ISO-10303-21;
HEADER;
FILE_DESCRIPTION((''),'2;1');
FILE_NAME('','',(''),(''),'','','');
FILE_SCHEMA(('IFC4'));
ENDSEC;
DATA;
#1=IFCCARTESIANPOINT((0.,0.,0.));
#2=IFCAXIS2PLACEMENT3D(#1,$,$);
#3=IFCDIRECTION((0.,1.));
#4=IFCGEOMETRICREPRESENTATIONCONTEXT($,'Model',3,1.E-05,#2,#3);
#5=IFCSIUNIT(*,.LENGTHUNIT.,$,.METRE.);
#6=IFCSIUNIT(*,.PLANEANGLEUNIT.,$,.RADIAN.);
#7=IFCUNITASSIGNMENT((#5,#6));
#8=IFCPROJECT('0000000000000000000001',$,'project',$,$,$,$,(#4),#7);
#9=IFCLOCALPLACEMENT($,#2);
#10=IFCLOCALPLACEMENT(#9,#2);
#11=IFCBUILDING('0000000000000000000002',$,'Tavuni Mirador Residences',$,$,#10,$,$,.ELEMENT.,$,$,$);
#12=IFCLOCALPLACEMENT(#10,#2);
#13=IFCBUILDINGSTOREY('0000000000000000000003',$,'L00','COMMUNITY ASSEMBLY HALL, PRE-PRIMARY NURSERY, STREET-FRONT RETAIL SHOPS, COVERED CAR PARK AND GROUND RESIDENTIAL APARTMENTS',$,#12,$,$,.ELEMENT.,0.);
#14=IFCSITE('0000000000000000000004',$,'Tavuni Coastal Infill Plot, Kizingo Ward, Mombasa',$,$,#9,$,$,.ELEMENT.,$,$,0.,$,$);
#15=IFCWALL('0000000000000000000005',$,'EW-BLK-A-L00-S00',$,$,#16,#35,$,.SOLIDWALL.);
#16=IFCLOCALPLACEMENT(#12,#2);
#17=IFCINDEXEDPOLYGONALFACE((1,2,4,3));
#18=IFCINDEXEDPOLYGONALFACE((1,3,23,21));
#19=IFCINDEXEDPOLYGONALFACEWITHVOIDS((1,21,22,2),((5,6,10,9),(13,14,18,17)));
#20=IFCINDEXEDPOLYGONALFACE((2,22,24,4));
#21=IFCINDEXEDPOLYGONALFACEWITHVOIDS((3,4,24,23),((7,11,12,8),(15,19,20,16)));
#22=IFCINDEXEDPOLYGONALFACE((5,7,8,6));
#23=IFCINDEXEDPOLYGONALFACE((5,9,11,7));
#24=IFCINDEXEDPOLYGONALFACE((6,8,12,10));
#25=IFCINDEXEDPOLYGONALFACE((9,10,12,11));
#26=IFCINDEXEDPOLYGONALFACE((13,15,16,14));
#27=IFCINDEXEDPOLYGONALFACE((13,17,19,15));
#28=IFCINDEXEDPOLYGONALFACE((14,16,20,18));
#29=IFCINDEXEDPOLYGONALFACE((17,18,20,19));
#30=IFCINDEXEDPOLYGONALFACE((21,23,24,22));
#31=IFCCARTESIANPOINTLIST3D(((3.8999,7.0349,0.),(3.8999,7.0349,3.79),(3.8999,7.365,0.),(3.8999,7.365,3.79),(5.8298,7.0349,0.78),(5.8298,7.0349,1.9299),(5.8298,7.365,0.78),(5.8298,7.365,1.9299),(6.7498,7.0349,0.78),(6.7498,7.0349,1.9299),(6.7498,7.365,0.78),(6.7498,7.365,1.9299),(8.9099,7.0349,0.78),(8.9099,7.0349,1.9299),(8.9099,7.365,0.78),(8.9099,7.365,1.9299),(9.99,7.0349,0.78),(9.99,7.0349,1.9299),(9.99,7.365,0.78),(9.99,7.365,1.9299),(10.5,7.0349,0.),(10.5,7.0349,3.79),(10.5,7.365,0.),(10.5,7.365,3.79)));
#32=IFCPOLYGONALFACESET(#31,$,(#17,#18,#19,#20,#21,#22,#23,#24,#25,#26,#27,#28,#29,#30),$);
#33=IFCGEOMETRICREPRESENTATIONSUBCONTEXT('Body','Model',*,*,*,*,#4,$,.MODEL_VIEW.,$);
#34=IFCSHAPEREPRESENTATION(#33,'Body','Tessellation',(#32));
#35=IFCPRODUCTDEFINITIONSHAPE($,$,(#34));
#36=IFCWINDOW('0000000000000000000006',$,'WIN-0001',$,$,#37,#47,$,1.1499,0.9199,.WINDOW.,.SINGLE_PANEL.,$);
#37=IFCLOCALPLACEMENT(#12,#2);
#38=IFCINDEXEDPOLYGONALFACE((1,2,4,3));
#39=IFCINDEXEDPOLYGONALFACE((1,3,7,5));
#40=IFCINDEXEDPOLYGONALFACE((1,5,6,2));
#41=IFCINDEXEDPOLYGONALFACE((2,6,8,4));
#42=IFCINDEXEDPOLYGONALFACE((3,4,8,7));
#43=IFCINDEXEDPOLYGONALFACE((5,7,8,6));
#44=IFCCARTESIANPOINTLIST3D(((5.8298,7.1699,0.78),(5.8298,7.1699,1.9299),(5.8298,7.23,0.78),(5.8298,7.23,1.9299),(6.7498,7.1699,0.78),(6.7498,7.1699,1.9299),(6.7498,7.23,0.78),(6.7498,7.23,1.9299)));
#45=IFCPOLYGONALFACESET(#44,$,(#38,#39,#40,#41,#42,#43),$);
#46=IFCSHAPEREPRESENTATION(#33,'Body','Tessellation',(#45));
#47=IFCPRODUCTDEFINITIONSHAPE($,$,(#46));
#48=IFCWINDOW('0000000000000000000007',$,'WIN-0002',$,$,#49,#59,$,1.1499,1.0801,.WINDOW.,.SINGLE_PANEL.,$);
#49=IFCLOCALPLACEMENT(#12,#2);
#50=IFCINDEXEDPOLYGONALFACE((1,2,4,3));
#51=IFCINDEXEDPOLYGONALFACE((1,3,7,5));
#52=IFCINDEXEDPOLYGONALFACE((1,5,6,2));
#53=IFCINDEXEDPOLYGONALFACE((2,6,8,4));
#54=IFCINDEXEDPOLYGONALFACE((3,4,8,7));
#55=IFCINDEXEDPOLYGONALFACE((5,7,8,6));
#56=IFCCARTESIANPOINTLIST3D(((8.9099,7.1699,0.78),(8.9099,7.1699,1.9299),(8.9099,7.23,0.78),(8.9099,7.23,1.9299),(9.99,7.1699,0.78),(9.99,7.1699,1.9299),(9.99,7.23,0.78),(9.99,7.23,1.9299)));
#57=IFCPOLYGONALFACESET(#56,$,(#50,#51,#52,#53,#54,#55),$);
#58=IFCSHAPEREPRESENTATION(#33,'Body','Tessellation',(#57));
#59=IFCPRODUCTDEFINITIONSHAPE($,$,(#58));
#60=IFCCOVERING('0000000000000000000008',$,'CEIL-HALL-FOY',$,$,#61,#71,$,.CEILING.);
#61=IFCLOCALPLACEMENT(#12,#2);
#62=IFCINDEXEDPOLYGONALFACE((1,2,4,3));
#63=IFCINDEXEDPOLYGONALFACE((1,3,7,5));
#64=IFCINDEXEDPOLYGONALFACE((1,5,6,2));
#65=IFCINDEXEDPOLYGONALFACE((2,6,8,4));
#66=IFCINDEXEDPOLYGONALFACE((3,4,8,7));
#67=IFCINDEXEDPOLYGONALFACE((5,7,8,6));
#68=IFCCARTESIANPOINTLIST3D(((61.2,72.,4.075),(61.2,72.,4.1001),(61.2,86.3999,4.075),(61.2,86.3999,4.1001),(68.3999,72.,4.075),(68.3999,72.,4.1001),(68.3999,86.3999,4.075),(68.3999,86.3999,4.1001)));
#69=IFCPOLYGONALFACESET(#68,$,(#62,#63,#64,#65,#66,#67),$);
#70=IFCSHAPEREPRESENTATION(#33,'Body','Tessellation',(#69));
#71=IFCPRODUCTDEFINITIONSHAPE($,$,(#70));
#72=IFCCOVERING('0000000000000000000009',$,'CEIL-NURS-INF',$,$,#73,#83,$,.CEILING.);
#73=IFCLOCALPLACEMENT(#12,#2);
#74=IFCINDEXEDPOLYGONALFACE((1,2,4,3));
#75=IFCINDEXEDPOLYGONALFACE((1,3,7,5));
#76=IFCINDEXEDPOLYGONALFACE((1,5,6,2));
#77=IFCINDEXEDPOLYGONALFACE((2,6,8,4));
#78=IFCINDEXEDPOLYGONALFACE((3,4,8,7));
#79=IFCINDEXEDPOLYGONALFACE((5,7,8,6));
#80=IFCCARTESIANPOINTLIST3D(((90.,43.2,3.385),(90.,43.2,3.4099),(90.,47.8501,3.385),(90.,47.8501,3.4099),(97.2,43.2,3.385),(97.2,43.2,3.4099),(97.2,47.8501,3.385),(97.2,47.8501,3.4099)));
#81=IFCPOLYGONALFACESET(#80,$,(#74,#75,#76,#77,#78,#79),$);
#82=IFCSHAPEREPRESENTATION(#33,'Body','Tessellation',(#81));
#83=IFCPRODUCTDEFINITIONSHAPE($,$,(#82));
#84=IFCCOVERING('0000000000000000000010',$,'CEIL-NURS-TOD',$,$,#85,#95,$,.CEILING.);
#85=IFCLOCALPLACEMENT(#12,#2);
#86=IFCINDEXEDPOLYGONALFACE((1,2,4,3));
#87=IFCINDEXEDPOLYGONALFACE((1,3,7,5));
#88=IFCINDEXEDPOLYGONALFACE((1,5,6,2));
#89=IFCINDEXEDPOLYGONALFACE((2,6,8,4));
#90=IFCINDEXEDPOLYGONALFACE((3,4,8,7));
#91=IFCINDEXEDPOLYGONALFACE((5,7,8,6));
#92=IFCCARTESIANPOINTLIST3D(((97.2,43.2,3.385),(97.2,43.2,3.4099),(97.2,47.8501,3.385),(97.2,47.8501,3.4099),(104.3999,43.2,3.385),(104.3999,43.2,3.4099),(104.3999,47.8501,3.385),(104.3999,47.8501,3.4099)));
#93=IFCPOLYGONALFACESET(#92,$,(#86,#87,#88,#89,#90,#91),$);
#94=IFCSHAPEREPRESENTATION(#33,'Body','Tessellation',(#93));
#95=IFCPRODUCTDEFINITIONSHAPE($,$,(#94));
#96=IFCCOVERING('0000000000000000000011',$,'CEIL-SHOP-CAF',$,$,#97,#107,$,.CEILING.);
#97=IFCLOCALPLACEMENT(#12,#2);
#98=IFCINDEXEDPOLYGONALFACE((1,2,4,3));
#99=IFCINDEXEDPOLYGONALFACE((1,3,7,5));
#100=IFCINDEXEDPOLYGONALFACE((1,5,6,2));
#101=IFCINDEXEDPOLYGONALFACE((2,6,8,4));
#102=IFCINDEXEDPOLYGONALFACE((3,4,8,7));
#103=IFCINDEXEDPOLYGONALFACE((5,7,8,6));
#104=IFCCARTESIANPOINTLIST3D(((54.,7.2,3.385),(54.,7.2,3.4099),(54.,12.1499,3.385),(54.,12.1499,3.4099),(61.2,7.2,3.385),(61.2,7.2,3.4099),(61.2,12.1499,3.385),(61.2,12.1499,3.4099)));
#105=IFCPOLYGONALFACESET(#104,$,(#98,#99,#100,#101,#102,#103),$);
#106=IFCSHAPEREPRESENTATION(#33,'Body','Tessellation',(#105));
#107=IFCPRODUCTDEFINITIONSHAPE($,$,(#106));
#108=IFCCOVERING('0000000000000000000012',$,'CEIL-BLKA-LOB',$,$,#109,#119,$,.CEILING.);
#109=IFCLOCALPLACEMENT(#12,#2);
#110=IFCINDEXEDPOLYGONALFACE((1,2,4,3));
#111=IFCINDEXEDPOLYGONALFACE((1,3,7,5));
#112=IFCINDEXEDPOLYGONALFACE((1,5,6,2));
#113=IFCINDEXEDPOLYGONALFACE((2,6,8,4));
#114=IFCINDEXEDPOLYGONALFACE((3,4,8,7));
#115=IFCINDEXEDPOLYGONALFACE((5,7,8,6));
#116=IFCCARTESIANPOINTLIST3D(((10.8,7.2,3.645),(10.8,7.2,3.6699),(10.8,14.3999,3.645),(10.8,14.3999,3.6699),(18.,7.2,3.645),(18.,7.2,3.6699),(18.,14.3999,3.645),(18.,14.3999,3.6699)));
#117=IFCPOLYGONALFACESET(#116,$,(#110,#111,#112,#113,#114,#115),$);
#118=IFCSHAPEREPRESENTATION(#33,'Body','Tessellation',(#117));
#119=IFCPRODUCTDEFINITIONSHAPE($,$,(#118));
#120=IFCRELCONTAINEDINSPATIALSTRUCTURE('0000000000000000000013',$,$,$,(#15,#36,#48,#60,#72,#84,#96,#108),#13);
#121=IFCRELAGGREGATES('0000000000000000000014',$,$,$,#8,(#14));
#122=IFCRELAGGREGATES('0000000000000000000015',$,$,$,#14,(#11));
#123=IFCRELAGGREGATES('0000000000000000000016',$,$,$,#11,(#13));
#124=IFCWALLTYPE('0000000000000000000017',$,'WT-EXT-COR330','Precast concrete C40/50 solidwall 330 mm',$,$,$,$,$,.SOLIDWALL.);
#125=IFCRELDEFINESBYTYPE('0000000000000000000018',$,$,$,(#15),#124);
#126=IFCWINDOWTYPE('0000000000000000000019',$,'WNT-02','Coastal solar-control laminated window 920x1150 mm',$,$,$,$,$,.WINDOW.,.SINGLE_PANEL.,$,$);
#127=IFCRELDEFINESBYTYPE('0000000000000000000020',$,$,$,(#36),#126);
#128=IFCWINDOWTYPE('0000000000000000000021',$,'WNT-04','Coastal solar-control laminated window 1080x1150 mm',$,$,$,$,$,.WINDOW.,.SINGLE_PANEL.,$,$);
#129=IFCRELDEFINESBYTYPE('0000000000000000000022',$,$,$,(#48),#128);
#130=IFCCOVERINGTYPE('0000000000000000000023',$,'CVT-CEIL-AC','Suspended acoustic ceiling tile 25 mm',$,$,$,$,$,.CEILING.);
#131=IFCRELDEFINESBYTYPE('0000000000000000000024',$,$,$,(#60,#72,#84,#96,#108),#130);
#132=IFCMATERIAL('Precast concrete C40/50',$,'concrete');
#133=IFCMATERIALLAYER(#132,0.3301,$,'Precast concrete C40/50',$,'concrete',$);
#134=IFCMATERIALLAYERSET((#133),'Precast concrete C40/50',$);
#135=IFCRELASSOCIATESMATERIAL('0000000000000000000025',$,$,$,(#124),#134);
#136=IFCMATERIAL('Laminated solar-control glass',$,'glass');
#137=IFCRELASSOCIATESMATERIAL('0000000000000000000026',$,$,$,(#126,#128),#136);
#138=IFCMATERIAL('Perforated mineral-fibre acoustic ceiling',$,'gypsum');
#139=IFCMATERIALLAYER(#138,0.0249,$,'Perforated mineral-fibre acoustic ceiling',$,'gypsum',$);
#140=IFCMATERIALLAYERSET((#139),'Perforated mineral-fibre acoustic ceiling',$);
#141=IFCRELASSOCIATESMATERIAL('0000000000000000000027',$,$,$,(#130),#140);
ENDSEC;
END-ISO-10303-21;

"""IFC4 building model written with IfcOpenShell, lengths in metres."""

from ifc_helpers import new_model, si_unit, direction, frame, frame_2d, origin, place, context, subcontext, project, spatial, polyline, rectangle, outline, extrude, material, layer, layer_set, type_object, element, fill, save


model = new_model("IFC4")

# Units and contexts
model_context = context("Model", 3, precision=1e-05, world=origin(), true_north=direction((0.0, 1.0)))
body_context = subcontext(model_context, "Body", "Model", "MODEL_VIEW")
ifc_project = project(units=[si_unit("LENGTHUNIT", "METRE"), si_unit("PLANEANGLEUNIT", "RADIAN")], contexts=[model_context])

# Site, building, storey
site_placement = place(None, origin())
site = spatial("IfcSite", under=ifc_project, at=site_placement, Name="Tavuni Coastal Infill Plot, Kizingo Ward, Mombasa", CompositionType="ELEMENT", RefElevation=0.0)
building_placement = place(site_placement, origin())
building = spatial("IfcBuilding", under=site, at=building_placement, Name="Tavuni Mirador Residences", CompositionType="ELEMENT")
storey_placement = place(building_placement, origin())
storey = spatial("IfcBuildingStorey", under=building, at=storey_placement, Name="L00", Description="COMMUNITY ASSEMBLY HALL, PRE-PRIMARY NURSERY, STREET-FRONT RETAIL SHOPS, COVERED CAR PARK AND GROUND RESIDENTIAL APARTMENTS", CompositionType="ELEMENT", Elevation=0.0)

# Shared definitions
ifc_material_1 = material(Name="Precast concrete C40/50", Category="concrete")

# Wall, openings, windows
ifc_layer_1 = layer(ifc_material_1, 0.3301, Name="Precast concrete C40/50", Category="concrete")
ifc_layer_set_1 = layer_set([ifc_layer_1], Name="Precast concrete C40/50")
wall_type = type_object("IfcWallType", Name="WT-EXT-COR330", Description="Precast concrete C40/50 solidwall 330 mm", PredefinedType="SOLIDWALL", material=ifc_layer_set_1)
wall_placement = place(storey_placement, frame((3.8999, 7.2, 0.0), z_axis=(0.0, 0.0, 1.0), x_axis=(1.0, 0.0, 0.0)))
wall = element("IfcWall", 1, at=wall_placement, inside=storey, type_object=wall_type, Name="EW-BLK-A-L00-S00", PredefinedType="SOLIDWALL", context=body_context, shape_type="SweptSolid", body=[
    extrude(rectangle(XDim=6.6001, YDim=0.3301, at=frame_2d((3.3, 0.0))), origin(), (0.0, 0.0, 1.0), 3.79),
])
opening_1_placement = place(wall_placement, frame((1.9299, 0.0, 0.78)))
opening_1 = element("IfcOpeningElement", 2, at=opening_1_placement, cuts=wall, PredefinedType="OPENING", context=body_context, shape_type="SweptSolid", body=[
    extrude(rectangle(XDim=0.9199, YDim=1.1499, at=frame_2d((0.46, 0.575))), frame((0.0, 0.175, 0.0), z_axis=(0.0, -1.0, 0.0), x_axis=(1.0, 0.0, 0.0)), (0.0, 0.0, 1.0), 0.3501),
])
opening_2_placement = place(wall_placement, frame((5.01, 0.0, 0.78)))
opening_2 = element("IfcOpeningElement", 3, at=opening_2_placement, cuts=wall, PredefinedType="OPENING", context=body_context, shape_type="SweptSolid", body=[
    extrude(rectangle(XDim=1.0801, YDim=1.1499, at=frame_2d((0.54, 0.575))), frame((0.0, 0.175, 0.0), z_axis=(0.0, -1.0, 0.0), x_axis=(1.0, 0.0, 0.0)), (0.0, 0.0, 1.0), 0.3501),
])
ifc_material_2 = material(Name="Laminated solar-control glass", Category="glass")
window_type_1 = type_object("IfcWindowType", Name="WNT-02", Description="Coastal solar-control laminated window 920x1150 mm", PartitioningType="SINGLE_PANEL", PredefinedType="WINDOW", material=ifc_material_2)
window_1_placement = place(opening_1_placement, origin())
window_1 = element("IfcWindow", 4, at=window_1_placement, inside=storey, type_object=window_type_1, Name="WIN-0001", OverallHeight=1.1499, OverallWidth=0.9199, PartitioningType="SINGLE_PANEL", PredefinedType="WINDOW", context=body_context, shape_type="SweptSolid", body=[
    extrude(rectangle(XDim=0.9199, YDim=1.1499, at=frame_2d((0.46, 0.575))), frame((0.0, 0.03, 0.0), z_axis=(0.0, -1.0, 0.0), x_axis=(1.0, 0.0, 0.0)), (0.0, 0.0, 1.0), 0.0601),
])
fill(opening_1, window_1)
window_type_2 = type_object("IfcWindowType", Name="WNT-04", Description="Coastal solar-control laminated window 1080x1150 mm", PartitioningType="SINGLE_PANEL", PredefinedType="WINDOW", material=ifc_material_2)
window_2_placement = place(opening_2_placement, origin())
window_2 = element("IfcWindow", 5, at=window_2_placement, inside=storey, type_object=window_type_2, Name="WIN-0002", OverallHeight=1.1499, OverallWidth=1.0801, PartitioningType="SINGLE_PANEL", PredefinedType="WINDOW", context=body_context, shape_type="SweptSolid", body=[
    extrude(rectangle(XDim=1.0801, YDim=1.1499, at=frame_2d((0.54, 0.575))), frame((0.0, 0.03, 0.0), z_axis=(0.0, -1.0, 0.0), x_axis=(1.0, 0.0, 0.0)), (0.0, 0.0, 1.0), 0.0601),
])
fill(opening_2, window_2)

# Coverings
ifc_material_3 = material(Name="Perforated mineral-fibre acoustic ceiling", Category="gypsum")
ifc_layer_2 = layer(ifc_material_3, 0.0249, Name="Perforated mineral-fibre acoustic ceiling", Category="gypsum")
ifc_layer_set_2 = layer_set([ifc_layer_2], Name="Perforated mineral-fibre acoustic ceiling")
covering_type = type_object("IfcCoveringType", Name="CVT-CEIL-AC", Description="Suspended acoustic ceiling tile 25 mm", PredefinedType="CEILING", material=ifc_layer_set_2)
covering_1_placement = place(storey_placement, frame((0.0, 0.0, 4.075)))
element("IfcCovering", 6, at=covering_1_placement, inside=storey, type_object=covering_type, Name="CEIL-HALL-FOY", PredefinedType="CEILING", context=body_context, shape_type="SweptSolid", body=[
    extrude(outline(polyline([(61.2, 72.0), (68.3999, 72.0), (68.3999, 86.3999), (61.2, 86.3999), (61.2, 72.0)])), origin(), (0.0, 0.0, 1.0), 0.0251),
])
covering_2_placement = place(storey_placement, frame((0.0, 0.0, 3.385)))
element("IfcCovering", 7, at=covering_2_placement, inside=storey, type_object=covering_type, Name="CEIL-NURS-INF", PredefinedType="CEILING", context=body_context, shape_type="SweptSolid", body=[
    extrude(outline(polyline([(90.0, 43.2), (97.2, 43.2), (97.2, 47.8501), (90.0, 47.8501), (90.0, 43.2)])), origin(), (0.0, 0.0, 1.0), 0.0249),
])
covering_3_placement = place(storey_placement, frame((0.0, 0.0, 3.385)))
element("IfcCovering", 8, at=covering_3_placement, inside=storey, type_object=covering_type, Name="CEIL-NURS-TOD", PredefinedType="CEILING", context=body_context, shape_type="SweptSolid", body=[
    extrude(outline(polyline([(97.2, 43.2), (104.3999, 43.2), (104.3999, 47.8501), (97.2, 47.8501), (97.2, 43.2)])), origin(), (0.0, 0.0, 1.0), 0.0249),
])
covering_4_placement = place(storey_placement, frame((0.0, 0.0, 3.385)))
element("IfcCovering", 9, at=covering_4_placement, inside=storey, type_object=covering_type, Name="CEIL-SHOP-CAF", PredefinedType="CEILING", context=body_context, shape_type="SweptSolid", body=[
    extrude(outline(polyline([(54.0, 7.2), (61.2, 7.2), (61.2, 12.1499), (54.0, 12.1499), (54.0, 7.2)])), origin(), (0.0, 0.0, 1.0), 0.0249),
])
covering_5_placement = place(storey_placement, frame((0.0, 0.0, 3.645)))
element("IfcCovering", 10, at=covering_5_placement, inside=storey, type_object=covering_type, Name="CEIL-BLKA-LOB", PredefinedType="CEILING", context=body_context, shape_type="SweptSolid", body=[
    extrude(outline(polyline([(10.8, 7.2), (18.0, 7.2), (18.0, 14.3999), (10.8, 14.3999), (10.8, 7.2)])), origin(), (0.0, 0.0, 1.0), 0.0249),
])

save(model, "model.ifc")
